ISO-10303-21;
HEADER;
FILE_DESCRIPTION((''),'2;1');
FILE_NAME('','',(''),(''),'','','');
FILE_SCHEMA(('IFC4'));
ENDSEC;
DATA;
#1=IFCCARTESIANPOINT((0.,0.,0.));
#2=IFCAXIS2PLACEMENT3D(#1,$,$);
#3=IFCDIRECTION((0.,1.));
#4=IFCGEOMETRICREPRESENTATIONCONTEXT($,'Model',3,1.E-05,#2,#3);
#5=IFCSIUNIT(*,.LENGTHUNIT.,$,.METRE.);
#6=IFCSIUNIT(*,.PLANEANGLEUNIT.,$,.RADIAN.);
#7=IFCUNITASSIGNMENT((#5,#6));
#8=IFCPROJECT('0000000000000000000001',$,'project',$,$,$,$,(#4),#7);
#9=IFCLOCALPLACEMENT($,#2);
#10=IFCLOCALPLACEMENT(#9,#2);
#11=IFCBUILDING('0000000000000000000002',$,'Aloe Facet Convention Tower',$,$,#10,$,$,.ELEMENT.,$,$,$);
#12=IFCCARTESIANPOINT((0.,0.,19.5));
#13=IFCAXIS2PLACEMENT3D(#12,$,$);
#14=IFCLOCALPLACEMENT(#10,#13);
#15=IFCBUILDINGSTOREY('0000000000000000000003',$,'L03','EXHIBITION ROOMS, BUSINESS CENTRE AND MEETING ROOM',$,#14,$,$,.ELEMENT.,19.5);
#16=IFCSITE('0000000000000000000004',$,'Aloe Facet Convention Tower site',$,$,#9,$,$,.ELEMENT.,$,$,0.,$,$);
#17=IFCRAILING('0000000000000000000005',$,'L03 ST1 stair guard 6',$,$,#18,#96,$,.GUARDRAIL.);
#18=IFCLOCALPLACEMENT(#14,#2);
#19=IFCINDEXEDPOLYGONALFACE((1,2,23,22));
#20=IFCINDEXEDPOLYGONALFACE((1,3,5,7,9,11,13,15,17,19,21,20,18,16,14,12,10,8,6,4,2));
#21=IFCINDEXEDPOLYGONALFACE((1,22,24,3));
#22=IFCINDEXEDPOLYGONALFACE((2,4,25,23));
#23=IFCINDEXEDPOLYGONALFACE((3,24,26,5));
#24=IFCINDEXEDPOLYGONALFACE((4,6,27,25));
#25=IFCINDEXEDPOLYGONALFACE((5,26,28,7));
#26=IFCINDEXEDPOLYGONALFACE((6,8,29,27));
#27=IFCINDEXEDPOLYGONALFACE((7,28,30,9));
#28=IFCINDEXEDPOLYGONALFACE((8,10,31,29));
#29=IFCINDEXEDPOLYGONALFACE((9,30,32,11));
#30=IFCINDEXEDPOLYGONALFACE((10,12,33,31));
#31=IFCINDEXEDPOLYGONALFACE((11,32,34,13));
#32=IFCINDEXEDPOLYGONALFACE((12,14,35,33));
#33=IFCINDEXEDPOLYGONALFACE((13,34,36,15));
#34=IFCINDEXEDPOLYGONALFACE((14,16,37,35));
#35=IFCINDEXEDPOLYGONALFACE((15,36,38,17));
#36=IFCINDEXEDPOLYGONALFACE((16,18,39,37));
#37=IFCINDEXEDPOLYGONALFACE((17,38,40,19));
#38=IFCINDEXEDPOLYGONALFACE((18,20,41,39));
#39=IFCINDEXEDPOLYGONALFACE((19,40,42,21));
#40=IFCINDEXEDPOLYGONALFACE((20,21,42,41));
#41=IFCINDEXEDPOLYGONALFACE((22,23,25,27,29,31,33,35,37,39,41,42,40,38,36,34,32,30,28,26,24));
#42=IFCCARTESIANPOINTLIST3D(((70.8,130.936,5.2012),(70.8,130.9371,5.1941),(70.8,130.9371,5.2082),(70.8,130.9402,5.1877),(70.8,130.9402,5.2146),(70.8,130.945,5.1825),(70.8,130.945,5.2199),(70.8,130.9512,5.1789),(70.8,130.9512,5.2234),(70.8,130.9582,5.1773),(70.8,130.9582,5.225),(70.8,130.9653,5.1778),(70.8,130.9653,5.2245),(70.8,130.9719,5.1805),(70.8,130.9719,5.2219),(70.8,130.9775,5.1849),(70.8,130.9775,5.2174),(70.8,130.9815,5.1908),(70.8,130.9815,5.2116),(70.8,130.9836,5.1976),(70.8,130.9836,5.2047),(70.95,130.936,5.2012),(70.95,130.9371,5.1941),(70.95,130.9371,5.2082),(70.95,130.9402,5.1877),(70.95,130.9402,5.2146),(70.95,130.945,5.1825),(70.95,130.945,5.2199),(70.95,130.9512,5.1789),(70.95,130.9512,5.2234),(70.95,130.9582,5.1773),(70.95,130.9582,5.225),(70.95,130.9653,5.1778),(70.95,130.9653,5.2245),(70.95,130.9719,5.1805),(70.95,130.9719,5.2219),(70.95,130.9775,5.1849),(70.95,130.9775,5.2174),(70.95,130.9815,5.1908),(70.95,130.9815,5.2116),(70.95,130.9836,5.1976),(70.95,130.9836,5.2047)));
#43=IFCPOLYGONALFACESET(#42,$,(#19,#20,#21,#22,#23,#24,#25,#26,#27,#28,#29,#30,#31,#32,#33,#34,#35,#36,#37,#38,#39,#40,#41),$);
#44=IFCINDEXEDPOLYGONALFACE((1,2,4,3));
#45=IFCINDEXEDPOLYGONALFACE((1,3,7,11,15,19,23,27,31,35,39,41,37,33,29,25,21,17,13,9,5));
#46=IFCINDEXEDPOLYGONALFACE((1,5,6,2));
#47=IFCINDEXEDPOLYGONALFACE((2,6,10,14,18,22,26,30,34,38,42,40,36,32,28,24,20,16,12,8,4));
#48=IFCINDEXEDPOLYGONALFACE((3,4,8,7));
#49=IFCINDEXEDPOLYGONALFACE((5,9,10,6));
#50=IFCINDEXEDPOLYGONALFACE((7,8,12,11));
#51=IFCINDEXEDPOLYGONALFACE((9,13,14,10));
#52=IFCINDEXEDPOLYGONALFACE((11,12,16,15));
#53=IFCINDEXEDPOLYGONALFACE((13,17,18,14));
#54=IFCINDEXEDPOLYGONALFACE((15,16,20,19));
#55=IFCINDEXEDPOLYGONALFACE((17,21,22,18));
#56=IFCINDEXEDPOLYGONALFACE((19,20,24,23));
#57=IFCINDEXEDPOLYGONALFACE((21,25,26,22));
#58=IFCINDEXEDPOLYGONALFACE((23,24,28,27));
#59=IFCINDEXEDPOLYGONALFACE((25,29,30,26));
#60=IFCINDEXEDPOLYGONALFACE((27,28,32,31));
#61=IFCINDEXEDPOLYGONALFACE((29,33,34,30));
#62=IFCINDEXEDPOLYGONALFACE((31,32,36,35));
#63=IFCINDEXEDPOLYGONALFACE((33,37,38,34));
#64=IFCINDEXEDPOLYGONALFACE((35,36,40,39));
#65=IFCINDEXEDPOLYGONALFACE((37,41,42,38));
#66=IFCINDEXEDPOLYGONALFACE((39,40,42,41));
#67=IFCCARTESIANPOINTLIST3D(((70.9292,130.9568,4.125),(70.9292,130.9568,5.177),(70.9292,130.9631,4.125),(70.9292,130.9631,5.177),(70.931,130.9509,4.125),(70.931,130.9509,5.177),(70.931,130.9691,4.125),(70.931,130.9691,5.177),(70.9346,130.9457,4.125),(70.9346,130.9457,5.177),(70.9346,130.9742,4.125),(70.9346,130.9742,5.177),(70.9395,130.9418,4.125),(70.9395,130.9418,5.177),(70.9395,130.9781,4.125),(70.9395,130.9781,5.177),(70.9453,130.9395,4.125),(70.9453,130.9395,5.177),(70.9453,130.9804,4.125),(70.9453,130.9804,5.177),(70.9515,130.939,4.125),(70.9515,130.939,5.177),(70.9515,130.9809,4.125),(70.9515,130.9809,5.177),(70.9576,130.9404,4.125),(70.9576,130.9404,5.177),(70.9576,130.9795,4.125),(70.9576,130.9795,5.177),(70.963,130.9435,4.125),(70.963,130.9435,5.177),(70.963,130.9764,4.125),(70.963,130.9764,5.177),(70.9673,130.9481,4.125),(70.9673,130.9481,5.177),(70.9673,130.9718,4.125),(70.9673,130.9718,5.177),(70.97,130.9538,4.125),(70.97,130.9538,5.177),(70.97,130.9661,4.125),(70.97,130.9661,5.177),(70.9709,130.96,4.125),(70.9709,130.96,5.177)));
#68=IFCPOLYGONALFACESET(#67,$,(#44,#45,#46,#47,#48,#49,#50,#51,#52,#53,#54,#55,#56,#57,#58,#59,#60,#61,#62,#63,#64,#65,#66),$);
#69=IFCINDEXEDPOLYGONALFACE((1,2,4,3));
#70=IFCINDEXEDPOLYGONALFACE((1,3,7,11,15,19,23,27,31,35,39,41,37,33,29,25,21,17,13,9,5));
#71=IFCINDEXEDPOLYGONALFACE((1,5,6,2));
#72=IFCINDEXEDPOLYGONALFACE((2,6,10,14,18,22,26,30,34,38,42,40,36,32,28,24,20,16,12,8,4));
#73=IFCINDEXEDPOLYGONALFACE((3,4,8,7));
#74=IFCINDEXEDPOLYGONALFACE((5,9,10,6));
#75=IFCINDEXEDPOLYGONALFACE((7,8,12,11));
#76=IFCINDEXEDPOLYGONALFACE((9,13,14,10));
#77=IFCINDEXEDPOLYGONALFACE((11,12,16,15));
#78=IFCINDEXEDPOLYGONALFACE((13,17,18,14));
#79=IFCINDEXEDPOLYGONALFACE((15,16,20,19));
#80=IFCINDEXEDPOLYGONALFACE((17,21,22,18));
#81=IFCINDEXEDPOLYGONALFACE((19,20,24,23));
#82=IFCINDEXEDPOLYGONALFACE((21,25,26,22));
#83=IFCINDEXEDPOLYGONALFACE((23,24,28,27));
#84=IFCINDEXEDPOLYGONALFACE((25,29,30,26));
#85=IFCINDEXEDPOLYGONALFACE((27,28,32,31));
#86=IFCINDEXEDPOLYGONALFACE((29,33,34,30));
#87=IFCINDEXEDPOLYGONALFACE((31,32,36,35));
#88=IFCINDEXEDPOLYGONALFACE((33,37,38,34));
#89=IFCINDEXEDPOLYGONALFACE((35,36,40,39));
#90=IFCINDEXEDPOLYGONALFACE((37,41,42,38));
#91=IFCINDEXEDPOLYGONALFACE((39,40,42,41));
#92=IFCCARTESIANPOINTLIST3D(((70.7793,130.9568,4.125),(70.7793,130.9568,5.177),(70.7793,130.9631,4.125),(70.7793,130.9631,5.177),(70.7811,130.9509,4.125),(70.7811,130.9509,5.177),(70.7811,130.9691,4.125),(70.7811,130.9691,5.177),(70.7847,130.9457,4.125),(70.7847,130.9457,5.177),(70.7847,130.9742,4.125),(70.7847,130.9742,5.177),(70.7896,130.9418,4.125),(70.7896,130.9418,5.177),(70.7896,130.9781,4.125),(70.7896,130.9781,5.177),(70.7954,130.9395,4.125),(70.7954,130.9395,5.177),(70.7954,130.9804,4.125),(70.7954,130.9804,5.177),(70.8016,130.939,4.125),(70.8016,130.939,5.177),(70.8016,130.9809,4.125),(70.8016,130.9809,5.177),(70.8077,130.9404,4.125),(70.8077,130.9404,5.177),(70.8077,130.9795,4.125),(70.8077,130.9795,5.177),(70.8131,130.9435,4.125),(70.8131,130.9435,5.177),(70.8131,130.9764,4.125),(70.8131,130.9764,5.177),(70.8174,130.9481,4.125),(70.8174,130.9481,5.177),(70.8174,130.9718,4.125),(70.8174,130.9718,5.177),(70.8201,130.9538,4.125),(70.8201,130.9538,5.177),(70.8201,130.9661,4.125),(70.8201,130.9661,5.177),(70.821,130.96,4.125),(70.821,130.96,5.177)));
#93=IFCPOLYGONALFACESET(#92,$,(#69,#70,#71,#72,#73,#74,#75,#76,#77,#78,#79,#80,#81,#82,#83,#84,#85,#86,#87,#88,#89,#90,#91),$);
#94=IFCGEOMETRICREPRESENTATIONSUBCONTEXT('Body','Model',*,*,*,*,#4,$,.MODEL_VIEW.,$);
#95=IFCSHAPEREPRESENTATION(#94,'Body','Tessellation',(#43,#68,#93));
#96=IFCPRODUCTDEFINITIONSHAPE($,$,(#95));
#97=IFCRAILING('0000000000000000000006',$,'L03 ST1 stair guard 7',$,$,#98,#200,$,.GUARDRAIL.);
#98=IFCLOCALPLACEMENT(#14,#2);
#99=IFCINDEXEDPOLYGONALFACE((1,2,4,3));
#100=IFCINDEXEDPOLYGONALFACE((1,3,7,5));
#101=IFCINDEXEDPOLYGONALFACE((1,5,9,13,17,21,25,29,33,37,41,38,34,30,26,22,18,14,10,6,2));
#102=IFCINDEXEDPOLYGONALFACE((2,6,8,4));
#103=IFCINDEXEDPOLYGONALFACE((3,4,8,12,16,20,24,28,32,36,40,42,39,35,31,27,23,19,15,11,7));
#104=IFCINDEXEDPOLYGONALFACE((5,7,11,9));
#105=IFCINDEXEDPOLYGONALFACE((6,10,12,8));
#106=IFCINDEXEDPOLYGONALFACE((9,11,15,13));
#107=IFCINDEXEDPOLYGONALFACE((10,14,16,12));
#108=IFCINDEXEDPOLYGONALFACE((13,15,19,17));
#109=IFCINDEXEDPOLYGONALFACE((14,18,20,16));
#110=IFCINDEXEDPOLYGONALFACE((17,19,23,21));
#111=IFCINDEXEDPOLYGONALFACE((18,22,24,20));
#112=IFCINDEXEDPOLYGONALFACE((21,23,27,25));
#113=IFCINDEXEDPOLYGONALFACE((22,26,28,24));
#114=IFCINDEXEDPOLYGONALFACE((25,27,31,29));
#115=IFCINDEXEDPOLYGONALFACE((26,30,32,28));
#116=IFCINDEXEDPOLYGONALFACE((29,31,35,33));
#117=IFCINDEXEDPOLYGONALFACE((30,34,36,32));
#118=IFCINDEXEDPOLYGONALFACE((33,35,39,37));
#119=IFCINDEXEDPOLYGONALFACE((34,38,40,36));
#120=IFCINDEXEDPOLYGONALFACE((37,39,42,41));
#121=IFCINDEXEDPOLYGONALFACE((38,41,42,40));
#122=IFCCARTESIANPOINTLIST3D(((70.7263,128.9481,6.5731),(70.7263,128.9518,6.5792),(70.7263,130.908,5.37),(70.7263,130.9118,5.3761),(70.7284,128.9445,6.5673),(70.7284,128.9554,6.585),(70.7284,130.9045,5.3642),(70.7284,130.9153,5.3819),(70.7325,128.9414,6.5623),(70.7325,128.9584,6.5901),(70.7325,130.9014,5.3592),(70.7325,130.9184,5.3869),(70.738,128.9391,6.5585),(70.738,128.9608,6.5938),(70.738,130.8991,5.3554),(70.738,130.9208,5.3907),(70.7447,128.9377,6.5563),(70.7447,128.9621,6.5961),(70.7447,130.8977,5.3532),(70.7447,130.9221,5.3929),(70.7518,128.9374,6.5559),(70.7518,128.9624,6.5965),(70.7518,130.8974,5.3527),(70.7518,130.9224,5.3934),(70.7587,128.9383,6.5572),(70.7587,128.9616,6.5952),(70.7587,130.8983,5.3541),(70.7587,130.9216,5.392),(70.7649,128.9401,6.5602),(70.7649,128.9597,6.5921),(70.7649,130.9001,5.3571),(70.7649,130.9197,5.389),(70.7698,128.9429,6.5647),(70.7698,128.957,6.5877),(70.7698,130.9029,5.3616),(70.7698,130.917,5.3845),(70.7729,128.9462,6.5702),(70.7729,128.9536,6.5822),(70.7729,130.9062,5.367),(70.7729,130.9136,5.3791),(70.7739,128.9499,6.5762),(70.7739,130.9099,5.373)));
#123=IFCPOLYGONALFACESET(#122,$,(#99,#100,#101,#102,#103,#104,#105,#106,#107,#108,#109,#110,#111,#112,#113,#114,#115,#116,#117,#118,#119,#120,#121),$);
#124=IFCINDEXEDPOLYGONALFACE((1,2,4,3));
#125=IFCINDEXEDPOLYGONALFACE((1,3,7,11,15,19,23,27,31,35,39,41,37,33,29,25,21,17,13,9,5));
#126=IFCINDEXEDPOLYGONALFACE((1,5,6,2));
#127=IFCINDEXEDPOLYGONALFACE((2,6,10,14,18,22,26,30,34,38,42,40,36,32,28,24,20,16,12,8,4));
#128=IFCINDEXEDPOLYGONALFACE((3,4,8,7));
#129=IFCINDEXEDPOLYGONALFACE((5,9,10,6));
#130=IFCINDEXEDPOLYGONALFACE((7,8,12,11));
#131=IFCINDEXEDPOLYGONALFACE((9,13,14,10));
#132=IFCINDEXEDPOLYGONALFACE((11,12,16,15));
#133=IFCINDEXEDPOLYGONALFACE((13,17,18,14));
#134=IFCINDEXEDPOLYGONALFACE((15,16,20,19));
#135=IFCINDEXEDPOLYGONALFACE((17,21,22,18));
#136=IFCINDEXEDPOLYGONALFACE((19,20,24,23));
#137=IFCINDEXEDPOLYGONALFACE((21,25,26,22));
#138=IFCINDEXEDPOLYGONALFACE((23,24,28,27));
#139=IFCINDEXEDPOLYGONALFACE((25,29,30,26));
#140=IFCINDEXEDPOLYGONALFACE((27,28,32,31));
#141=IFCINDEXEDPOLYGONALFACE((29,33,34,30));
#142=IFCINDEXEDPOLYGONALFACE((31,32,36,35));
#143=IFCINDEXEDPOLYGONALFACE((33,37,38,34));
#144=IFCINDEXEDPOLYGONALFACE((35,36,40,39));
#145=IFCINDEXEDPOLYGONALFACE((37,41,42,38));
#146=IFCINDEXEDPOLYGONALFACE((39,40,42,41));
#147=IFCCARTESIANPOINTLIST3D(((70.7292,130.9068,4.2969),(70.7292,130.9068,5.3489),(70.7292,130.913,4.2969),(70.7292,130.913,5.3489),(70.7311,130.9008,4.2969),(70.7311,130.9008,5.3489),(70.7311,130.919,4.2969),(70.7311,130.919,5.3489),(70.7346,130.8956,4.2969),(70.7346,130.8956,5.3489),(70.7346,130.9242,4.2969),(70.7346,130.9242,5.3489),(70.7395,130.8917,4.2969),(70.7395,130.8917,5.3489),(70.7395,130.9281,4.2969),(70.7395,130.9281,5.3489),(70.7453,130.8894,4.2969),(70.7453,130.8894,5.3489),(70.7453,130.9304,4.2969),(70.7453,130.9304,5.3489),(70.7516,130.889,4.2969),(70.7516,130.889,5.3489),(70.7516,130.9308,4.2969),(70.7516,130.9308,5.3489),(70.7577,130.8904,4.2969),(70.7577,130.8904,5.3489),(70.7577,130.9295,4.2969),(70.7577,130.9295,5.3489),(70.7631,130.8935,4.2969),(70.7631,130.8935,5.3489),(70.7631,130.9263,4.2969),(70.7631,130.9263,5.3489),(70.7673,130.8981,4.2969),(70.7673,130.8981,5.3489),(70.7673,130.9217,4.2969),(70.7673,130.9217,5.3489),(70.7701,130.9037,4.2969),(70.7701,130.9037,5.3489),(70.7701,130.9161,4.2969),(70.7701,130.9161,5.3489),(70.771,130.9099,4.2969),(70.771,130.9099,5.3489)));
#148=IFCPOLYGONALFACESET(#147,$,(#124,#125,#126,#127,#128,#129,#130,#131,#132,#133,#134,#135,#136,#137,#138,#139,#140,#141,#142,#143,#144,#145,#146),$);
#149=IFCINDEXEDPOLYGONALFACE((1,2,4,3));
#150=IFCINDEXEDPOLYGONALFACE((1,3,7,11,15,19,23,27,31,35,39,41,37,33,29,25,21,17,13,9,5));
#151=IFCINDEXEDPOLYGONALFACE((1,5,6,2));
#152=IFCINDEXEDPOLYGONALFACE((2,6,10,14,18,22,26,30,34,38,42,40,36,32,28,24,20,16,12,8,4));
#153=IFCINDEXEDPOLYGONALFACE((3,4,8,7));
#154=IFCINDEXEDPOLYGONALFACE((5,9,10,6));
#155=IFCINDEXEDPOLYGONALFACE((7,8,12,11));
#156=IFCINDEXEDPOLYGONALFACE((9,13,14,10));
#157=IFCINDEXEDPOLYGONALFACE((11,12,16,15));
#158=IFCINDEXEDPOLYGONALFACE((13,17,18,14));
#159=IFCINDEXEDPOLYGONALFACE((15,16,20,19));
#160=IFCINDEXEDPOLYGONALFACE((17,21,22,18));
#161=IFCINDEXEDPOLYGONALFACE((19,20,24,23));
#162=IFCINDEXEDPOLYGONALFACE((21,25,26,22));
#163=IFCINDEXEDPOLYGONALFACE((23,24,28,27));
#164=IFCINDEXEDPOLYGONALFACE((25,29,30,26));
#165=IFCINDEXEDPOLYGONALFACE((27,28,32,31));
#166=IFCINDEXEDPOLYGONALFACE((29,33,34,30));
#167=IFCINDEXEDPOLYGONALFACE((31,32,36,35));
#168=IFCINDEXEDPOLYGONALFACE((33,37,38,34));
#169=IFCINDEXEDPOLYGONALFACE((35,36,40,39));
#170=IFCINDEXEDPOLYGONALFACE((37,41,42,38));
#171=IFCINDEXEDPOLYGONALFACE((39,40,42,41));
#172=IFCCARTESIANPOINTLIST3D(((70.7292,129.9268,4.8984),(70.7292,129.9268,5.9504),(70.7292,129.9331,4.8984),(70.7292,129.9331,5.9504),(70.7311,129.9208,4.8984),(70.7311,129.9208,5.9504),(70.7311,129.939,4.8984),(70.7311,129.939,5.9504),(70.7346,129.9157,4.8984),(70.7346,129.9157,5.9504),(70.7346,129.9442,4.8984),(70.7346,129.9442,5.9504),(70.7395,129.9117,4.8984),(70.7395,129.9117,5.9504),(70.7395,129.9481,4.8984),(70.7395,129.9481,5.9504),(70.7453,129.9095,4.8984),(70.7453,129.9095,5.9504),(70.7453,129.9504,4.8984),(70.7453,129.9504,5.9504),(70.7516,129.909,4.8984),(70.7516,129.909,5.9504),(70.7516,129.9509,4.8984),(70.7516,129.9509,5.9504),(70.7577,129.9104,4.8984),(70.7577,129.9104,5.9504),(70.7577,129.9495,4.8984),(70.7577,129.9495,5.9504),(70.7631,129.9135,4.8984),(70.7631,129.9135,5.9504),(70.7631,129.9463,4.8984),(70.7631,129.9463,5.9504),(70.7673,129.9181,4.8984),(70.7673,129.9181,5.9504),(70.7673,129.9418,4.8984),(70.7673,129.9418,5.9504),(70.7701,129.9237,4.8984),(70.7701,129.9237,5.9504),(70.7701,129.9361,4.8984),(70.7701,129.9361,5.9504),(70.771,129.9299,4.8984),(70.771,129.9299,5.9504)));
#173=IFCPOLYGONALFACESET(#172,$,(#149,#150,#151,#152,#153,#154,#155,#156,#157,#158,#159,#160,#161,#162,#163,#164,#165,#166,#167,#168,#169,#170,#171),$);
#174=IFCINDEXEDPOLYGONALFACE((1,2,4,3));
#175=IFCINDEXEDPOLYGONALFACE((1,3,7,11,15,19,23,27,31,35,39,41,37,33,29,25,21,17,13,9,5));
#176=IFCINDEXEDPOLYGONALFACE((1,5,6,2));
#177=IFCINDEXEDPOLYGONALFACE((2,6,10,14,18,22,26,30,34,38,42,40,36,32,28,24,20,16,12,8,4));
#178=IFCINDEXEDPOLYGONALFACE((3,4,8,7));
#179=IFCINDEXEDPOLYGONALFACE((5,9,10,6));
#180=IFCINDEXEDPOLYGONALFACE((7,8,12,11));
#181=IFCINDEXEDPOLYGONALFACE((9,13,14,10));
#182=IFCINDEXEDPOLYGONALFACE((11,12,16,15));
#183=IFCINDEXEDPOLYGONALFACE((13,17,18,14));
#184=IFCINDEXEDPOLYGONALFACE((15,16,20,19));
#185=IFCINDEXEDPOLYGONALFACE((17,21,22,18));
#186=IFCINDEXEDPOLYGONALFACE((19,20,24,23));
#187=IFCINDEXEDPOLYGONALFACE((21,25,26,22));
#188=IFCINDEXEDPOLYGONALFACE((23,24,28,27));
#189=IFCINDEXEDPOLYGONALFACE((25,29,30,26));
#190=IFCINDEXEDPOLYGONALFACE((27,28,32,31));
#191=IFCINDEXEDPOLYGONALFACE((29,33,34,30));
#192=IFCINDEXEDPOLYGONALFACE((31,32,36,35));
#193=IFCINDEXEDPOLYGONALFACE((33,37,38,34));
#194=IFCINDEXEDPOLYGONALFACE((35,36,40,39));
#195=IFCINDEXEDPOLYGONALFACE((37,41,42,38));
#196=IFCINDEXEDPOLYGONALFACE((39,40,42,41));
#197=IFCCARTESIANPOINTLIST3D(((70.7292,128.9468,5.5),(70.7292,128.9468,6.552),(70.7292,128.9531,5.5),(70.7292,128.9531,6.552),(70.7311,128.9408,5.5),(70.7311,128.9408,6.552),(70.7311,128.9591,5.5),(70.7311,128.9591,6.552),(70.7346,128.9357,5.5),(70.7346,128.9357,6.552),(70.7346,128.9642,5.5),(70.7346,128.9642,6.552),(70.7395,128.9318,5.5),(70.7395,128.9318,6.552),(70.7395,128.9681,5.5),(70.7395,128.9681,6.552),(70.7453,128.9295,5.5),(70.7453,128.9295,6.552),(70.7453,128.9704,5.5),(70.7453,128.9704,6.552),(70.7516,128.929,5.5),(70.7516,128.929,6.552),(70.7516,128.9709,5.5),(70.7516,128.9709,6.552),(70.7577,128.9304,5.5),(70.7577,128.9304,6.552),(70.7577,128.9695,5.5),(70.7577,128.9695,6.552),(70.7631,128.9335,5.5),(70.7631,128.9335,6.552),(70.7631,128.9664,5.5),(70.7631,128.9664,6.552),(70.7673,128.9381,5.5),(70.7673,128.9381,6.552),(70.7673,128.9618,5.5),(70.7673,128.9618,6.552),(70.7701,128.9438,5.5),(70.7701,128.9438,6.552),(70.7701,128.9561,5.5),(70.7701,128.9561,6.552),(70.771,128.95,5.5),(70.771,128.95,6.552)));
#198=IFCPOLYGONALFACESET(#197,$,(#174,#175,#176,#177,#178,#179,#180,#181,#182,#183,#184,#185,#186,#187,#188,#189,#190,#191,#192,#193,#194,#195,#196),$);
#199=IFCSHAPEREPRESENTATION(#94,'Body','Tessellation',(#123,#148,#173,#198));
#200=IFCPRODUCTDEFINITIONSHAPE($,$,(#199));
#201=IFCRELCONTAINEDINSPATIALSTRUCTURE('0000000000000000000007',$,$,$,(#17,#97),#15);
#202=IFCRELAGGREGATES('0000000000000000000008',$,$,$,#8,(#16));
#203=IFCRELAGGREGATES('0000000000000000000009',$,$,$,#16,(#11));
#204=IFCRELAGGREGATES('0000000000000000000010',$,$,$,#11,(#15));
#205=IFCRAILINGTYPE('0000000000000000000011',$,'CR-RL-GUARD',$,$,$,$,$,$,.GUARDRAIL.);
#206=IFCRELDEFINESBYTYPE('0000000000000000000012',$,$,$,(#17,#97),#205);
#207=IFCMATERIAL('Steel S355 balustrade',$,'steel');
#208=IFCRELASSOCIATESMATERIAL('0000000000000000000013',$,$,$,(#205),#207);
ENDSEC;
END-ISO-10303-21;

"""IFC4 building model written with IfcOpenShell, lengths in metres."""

from ifc_helpers import new_model, si_unit, direction, frame, origin, origin_2d, place, context, subcontext, project, spatial, circle, extrude, material, type_object, element, save


model = new_model("IFC4")

# Units and contexts
model_context = context("Model", 3, precision=1e-05, world=origin(), true_north=direction((0.0, 1.0)))
body_context = subcontext(model_context, "Body", "Model", "MODEL_VIEW")
ifc_project = project(units=[si_unit("LENGTHUNIT", "METRE"), si_unit("PLANEANGLEUNIT", "RADIAN")], contexts=[model_context])

# Site, building, storey
site_placement = place(None, origin())
site = spatial("IfcSite", under=ifc_project, at=site_placement, Name="Aloe Facet Convention Tower site", CompositionType="ELEMENT", RefElevation=0.0)
building_placement = place(site_placement, origin())
building = spatial("IfcBuilding", under=site, at=building_placement, Name="Aloe Facet Convention Tower", CompositionType="ELEMENT")
storey_placement = place(building_placement, frame((0.0, 0.0, 19.5)))
storey = spatial("IfcBuildingStorey", under=building, at=storey_placement, Name="L03", Description="EXHIBITION ROOMS, BUSINESS CENTRE AND MEETING ROOM", CompositionType="ELEMENT", Elevation=19.5)

# Railings
ifc_material_1 = material(Name="Steel S355 balustrade", Category="steel")
railing_type_1 = type_object("IfcRailingType", Name="CR-RL-GUARD", PredefinedType="GUARDRAIL", material=ifc_material_1)
railing_1_placement = place(storey_placement, frame((70.95, 130.96, 4.125)))
element("IfcRailing", 1, at=railing_1_placement, inside=storey, type_object=railing_type_1, Name="L03 ST1 stair guard 6", PredefinedType="GUARDRAIL", context=body_context, shape_type="SweptSolid", body=[
    extrude(circle(Radius=0.0239, at=origin_2d()), frame((0.0, 0.0, 1.0762), z_axis=(-1.0, 0.0, 0.0), x_axis=(0.0, -1.0, 0.0)), (0.0, 0.0, 1.0), 0.1499),
    extrude(circle(Radius=0.021, at=origin_2d()), origin(), (0.0, 0.0, 1.0), 1.052),
    extrude(circle(Radius=0.021, at=origin_2d()), frame((-0.1499, 0.0, 0.0)), (0.0, 0.0, 1.0), 1.052),
])
railing_2_placement = place(storey_placement, frame((70.75, 130.9099, 4.2969)))
element("IfcRailing", 2, at=railing_2_placement, inside=storey, type_object=railing_type_1, Name="L03 ST1 stair guard 7", PredefinedType="GUARDRAIL", context=body_context, shape_type="SweptSolid", body=[
    extrude(circle(Radius=0.0239, at=origin_2d()), frame((0.0, 0.0, 1.0762), z_axis=(0.0, -0.852241, 0.523149), x_axis=(1.0, 0.0, 0.0)), (0.0, 0.0, 1.0), 2.2998),
    extrude(circle(Radius=0.021, at=origin_2d()), origin(), (0.0, 0.0, 1.0), 1.052),
    extrude(circle(Radius=0.021, at=origin_2d()), frame((0.0, -0.98, 0.6016)), (0.0, 0.0, 1.0), 1.052),
    extrude(circle(Radius=0.021, at=origin_2d()), frame((0.0, -1.96, 1.2031)), (0.0, 0.0, 1.0), 1.052),
])

save(model, "model.ifc")
